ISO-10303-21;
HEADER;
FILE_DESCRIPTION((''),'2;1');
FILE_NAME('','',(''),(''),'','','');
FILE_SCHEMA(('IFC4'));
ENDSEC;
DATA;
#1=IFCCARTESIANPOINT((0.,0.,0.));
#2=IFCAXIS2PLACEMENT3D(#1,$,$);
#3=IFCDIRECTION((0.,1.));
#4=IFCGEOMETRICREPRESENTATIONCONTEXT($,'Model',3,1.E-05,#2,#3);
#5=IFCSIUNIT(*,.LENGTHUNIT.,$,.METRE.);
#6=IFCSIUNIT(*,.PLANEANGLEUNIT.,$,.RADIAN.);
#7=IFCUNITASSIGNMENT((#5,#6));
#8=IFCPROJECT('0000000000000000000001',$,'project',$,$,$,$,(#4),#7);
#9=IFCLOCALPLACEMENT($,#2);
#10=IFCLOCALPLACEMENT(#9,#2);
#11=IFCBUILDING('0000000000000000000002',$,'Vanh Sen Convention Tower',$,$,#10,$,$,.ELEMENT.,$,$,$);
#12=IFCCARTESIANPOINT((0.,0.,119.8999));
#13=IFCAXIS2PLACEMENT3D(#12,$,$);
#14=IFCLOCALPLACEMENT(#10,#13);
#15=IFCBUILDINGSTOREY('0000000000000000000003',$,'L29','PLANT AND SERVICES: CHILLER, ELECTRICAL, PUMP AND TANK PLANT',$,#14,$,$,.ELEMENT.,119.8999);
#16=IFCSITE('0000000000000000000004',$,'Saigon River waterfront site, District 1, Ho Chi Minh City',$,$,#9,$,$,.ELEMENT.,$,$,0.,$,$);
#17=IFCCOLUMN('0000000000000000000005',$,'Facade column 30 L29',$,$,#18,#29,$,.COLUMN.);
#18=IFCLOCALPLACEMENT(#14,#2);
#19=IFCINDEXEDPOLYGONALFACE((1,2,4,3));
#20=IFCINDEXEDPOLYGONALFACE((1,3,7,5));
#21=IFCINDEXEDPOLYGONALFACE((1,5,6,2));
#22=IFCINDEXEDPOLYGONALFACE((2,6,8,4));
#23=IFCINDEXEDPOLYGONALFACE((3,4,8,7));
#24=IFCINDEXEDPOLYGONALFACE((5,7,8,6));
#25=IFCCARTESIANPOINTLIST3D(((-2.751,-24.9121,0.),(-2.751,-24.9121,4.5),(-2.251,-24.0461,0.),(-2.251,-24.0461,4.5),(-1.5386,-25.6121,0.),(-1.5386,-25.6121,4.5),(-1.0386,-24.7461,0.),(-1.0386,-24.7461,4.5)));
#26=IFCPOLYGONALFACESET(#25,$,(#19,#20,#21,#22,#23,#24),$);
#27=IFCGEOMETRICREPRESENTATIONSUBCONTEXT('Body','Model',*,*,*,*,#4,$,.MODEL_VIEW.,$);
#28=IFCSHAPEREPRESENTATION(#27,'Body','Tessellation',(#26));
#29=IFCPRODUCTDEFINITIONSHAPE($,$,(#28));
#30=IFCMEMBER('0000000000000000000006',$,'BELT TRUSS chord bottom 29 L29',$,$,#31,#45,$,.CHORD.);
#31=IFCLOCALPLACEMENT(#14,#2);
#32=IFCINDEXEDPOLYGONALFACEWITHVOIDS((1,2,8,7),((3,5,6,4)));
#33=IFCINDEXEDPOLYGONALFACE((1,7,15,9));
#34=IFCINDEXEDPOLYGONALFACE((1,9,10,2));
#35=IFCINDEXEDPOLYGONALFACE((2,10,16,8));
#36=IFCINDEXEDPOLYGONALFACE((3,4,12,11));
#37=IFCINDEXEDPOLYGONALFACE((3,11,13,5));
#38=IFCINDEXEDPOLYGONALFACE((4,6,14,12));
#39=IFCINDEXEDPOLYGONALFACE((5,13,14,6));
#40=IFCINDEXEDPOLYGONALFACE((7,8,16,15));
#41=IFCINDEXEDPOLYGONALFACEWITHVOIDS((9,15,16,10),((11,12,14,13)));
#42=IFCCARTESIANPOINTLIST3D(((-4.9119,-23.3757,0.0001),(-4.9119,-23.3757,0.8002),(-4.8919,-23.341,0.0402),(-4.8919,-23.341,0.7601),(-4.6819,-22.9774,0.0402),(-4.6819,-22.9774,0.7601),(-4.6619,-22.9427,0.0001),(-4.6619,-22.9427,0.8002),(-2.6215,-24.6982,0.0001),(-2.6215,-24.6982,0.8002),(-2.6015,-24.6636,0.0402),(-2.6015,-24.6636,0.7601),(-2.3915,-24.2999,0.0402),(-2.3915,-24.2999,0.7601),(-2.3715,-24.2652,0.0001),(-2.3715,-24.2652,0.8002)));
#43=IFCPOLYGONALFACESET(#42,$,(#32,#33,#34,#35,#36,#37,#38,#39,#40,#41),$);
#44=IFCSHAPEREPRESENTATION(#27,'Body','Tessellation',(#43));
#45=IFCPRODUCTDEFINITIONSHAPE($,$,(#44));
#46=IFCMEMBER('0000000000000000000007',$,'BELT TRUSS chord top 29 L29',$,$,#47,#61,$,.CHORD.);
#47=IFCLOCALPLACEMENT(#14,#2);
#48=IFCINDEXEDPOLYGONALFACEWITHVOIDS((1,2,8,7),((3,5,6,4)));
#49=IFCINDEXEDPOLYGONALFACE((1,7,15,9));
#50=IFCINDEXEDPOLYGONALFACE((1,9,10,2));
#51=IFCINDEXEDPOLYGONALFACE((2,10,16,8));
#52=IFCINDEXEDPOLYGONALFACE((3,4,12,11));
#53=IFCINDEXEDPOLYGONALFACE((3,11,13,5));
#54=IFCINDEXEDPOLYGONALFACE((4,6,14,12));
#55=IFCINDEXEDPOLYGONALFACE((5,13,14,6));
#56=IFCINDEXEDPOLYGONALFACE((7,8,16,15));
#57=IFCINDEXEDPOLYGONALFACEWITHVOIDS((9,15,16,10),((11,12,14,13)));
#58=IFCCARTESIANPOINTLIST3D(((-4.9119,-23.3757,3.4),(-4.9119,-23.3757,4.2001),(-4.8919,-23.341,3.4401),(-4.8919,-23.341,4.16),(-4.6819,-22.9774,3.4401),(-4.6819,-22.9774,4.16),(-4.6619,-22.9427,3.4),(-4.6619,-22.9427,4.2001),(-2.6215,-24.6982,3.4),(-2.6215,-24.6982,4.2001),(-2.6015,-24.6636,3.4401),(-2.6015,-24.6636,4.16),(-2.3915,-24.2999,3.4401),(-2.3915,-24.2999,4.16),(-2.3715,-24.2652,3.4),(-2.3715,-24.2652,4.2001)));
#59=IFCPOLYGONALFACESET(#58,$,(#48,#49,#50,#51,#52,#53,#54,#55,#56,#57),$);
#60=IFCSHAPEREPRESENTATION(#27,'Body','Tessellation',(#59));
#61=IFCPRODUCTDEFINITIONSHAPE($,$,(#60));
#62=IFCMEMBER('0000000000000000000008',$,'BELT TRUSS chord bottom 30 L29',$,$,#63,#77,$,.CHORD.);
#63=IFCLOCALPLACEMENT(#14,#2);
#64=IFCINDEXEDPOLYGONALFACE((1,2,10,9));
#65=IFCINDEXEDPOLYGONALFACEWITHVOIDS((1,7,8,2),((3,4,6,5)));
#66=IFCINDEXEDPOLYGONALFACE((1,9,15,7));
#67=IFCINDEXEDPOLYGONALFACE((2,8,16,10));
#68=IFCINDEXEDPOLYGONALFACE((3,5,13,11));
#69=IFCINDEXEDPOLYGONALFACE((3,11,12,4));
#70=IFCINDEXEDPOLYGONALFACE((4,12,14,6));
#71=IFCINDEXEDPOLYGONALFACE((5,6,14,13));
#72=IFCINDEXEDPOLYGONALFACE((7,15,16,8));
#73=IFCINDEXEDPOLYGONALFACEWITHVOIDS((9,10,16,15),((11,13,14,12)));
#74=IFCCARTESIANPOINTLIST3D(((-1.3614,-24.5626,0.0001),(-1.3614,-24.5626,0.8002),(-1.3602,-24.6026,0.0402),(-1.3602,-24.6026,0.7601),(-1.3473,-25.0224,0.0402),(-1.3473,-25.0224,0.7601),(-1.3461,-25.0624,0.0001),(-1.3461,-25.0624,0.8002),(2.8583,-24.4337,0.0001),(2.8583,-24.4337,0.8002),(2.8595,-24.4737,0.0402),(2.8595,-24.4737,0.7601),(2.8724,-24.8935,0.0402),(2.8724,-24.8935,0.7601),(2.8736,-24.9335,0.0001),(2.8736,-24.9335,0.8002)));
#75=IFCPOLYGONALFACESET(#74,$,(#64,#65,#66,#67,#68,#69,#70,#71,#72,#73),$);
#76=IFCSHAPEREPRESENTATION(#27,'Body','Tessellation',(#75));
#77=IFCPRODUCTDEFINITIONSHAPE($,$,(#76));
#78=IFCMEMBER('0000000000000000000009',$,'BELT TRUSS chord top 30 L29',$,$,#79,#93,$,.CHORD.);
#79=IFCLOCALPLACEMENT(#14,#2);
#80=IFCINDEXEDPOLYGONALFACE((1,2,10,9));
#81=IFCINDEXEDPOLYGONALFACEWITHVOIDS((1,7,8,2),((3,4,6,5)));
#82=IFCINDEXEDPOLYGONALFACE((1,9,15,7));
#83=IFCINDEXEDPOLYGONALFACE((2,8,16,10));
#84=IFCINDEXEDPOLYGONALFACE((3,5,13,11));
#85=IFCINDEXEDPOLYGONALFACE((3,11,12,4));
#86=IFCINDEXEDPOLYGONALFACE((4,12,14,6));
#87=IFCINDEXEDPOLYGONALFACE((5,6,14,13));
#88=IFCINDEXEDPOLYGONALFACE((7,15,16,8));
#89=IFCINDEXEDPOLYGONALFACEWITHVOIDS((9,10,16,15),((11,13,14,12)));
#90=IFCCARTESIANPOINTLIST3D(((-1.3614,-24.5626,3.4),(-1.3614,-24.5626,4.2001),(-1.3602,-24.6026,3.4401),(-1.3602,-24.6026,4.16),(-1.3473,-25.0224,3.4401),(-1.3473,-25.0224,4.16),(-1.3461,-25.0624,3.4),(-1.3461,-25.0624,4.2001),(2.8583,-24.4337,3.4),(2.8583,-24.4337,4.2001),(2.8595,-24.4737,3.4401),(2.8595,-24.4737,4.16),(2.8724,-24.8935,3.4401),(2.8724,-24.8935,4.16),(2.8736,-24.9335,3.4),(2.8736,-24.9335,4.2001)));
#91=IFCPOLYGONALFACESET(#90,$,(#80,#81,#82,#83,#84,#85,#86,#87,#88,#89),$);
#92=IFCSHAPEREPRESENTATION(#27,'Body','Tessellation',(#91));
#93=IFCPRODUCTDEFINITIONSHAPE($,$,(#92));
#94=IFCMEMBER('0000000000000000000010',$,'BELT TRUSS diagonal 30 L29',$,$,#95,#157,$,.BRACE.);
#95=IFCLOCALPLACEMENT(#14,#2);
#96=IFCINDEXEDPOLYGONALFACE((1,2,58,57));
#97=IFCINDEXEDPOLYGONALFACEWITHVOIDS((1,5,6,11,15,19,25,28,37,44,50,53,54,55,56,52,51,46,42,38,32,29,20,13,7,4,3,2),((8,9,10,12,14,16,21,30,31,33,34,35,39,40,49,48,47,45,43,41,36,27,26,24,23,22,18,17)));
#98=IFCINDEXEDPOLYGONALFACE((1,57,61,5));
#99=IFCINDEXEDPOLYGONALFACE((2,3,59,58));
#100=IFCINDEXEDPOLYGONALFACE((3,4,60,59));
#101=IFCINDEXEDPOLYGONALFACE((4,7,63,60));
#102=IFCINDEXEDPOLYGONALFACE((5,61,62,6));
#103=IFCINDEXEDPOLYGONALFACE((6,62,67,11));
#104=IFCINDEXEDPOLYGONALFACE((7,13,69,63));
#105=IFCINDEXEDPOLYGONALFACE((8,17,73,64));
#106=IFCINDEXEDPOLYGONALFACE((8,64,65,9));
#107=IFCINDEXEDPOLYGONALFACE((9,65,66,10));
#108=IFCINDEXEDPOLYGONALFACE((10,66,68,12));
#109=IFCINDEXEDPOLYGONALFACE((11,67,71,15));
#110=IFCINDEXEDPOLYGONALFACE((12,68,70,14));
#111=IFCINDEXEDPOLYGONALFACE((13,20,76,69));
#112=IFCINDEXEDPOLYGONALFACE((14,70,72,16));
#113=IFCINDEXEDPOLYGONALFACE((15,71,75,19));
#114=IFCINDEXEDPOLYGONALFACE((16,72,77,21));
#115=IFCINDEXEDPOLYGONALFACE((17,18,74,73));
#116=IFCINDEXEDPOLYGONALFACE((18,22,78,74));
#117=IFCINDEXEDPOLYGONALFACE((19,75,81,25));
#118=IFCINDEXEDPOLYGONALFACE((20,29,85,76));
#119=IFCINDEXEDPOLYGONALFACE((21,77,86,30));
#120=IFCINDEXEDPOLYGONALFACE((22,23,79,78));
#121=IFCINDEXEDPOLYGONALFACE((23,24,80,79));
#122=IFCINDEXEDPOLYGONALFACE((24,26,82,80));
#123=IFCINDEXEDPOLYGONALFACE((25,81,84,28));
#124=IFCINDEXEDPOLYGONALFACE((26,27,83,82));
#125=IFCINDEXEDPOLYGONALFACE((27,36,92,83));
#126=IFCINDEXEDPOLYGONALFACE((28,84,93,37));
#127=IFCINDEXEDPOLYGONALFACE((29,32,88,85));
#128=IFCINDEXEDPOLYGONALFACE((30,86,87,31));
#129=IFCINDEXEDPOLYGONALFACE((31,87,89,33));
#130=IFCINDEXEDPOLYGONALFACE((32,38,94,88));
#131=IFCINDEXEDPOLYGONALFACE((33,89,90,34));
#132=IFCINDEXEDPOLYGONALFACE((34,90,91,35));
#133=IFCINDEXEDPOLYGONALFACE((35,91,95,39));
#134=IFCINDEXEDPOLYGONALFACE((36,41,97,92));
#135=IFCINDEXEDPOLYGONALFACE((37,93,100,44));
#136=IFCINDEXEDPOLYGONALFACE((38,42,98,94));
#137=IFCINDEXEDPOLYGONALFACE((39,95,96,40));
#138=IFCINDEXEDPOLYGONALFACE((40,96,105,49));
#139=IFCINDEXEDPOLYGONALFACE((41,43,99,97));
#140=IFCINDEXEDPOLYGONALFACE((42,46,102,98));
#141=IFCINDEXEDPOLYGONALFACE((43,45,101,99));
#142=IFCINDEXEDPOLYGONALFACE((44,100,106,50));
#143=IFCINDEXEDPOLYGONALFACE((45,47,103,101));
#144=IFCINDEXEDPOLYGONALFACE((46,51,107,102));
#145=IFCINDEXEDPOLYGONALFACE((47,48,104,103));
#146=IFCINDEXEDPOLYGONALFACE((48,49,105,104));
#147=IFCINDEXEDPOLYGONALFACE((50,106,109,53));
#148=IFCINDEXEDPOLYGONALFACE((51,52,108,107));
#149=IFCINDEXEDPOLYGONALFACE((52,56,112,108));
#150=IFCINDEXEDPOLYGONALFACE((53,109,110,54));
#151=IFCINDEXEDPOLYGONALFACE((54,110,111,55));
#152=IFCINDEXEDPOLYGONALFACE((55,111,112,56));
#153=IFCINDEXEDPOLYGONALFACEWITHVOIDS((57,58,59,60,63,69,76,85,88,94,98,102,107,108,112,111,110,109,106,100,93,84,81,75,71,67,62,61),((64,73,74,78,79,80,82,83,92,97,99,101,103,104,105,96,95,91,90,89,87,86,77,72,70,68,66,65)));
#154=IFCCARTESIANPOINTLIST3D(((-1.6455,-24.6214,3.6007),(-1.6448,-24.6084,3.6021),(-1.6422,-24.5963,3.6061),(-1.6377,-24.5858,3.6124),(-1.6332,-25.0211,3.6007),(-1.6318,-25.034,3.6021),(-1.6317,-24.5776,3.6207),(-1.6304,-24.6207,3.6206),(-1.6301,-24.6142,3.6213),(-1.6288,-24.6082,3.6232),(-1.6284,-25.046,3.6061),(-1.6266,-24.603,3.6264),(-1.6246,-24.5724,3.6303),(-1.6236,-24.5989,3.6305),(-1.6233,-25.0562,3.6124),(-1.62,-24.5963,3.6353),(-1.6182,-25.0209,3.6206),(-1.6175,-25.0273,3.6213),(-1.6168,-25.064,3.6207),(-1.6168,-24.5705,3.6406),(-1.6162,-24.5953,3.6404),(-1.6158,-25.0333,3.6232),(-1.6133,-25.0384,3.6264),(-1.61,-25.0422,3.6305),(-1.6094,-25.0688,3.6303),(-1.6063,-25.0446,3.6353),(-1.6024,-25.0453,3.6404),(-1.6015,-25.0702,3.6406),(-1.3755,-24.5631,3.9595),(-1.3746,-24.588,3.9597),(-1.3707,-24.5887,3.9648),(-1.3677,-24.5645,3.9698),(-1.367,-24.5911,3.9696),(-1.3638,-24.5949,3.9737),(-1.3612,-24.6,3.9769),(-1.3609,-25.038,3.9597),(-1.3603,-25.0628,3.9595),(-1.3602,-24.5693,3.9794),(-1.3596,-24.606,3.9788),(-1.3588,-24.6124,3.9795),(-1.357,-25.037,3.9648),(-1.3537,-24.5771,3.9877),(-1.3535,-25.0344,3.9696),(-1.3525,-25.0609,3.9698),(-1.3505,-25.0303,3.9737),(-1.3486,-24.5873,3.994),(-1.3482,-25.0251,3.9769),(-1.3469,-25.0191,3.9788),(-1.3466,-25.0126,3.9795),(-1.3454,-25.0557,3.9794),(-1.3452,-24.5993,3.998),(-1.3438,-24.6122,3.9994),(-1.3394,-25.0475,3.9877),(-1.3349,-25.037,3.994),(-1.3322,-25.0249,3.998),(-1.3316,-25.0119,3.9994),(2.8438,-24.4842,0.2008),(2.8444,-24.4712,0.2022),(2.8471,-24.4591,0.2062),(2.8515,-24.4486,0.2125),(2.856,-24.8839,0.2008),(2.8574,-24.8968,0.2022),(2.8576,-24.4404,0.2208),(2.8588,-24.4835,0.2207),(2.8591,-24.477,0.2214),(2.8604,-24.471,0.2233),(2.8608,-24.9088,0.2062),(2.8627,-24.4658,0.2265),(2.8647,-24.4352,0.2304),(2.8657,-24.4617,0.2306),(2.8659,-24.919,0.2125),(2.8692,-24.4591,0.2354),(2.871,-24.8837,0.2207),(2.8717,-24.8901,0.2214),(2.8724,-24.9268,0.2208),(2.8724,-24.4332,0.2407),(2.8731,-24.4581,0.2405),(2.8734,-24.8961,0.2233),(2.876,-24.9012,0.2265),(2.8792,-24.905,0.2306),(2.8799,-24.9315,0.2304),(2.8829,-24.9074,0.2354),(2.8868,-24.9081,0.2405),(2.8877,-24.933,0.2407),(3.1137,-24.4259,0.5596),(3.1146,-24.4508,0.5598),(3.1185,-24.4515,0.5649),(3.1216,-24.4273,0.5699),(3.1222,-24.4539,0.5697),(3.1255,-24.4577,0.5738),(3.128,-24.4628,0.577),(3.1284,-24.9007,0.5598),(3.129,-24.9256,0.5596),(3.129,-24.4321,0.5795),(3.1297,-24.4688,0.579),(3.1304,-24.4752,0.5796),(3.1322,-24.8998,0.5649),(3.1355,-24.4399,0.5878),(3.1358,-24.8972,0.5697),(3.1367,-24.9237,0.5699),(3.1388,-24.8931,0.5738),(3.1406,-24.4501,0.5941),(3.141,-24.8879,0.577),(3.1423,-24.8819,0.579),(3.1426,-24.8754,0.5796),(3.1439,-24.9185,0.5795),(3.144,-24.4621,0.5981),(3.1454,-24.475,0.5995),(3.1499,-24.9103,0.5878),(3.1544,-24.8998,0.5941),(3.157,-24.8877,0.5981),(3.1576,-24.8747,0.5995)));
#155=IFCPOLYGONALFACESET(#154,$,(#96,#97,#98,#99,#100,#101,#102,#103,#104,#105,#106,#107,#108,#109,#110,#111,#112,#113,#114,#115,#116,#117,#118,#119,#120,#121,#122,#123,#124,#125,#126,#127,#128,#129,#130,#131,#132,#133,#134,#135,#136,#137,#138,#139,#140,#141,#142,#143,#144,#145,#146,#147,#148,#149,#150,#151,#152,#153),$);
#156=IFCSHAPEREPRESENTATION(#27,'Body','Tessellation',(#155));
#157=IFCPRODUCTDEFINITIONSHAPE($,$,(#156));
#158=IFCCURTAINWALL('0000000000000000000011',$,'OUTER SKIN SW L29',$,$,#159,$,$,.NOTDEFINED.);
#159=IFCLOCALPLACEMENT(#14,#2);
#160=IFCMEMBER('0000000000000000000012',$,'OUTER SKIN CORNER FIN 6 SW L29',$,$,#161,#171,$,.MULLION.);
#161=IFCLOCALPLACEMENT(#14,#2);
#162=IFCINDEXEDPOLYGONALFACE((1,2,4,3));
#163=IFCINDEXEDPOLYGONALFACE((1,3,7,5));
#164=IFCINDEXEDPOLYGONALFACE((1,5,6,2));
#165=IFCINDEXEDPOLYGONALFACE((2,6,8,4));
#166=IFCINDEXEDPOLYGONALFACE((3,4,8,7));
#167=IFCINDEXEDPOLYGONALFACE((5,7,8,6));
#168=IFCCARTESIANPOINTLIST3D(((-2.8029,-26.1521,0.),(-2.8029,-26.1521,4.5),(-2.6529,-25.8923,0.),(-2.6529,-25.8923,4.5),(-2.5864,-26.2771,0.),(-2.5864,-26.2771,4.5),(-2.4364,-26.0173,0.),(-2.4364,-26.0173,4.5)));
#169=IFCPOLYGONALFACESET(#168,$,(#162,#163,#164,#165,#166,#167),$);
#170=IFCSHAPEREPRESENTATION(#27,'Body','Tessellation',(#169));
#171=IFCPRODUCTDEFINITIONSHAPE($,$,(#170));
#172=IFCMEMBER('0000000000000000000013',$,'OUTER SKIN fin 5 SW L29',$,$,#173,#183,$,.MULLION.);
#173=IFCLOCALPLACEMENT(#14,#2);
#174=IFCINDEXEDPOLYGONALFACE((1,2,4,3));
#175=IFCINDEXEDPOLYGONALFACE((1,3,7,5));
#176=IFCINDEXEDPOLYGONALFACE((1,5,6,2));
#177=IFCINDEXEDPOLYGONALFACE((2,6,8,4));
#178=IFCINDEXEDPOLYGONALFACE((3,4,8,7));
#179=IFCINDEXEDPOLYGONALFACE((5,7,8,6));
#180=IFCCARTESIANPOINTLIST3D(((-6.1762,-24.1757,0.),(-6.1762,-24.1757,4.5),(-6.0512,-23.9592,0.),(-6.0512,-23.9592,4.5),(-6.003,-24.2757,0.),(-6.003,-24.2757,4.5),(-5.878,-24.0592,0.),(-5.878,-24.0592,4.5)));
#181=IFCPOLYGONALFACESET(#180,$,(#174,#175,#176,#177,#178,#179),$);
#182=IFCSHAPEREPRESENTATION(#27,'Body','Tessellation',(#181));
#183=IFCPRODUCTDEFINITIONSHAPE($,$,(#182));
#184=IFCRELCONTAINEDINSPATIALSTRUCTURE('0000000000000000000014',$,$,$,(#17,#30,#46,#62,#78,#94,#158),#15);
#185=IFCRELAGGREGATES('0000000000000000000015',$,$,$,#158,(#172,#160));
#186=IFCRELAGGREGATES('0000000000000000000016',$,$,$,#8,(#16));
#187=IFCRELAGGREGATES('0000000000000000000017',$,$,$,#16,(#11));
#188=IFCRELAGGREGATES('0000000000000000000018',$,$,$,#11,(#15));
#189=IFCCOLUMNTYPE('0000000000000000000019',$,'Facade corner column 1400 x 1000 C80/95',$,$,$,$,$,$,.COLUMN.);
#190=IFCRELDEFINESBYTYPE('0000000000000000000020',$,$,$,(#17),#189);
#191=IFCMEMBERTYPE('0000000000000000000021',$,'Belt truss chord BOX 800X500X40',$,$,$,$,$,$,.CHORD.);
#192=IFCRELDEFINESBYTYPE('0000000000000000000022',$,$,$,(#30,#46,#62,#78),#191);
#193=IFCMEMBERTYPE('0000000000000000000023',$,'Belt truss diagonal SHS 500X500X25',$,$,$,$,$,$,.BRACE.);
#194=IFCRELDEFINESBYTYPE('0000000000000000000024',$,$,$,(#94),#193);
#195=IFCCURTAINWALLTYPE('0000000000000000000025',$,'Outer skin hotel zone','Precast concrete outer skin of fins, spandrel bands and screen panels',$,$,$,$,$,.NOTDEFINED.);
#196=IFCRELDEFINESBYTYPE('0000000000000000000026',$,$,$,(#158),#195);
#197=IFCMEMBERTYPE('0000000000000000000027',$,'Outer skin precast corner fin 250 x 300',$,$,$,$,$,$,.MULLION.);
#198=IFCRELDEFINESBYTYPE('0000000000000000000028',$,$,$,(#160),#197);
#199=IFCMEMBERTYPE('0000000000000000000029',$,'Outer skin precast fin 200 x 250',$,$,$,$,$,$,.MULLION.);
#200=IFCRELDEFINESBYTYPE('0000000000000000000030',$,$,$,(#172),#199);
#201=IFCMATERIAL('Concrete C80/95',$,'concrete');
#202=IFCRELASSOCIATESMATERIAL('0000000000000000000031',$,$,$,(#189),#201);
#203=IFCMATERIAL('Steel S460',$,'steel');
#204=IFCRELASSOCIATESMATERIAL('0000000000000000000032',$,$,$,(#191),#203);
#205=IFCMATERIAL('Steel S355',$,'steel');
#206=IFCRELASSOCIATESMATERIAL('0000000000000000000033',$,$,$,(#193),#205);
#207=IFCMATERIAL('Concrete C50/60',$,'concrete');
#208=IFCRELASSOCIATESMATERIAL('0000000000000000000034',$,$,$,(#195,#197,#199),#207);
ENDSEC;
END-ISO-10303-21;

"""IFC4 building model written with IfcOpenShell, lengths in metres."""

from ifc_helpers import new_model, si_unit, direction, frame, origin, origin_2d, place, context, subcontext, project, spatial, rectangle, hollow_rectangle, extrude, material, material_profile, profile_set, type_object, element, aggregate, save


model = new_model("IFC4")

# Units and contexts
model_context = context("Model", 3, precision=1e-05, world=origin(), true_north=direction((0.0, 1.0)))
body_context = subcontext(model_context, "Body", "Model", "MODEL_VIEW")
ifc_project = project(units=[si_unit("LENGTHUNIT", "METRE"), si_unit("PLANEANGLEUNIT", "RADIAN")], contexts=[model_context])

# Site, building, storey
site_placement = place(None, origin())
site = spatial("IfcSite", under=ifc_project, at=site_placement, Name="Saigon River waterfront site, District 1, Ho Chi Minh City", CompositionType="ELEMENT", RefElevation=0.0)
building_placement = place(site_placement, origin())
building = spatial("IfcBuilding", under=site, at=building_placement, Name="Vanh Sen Convention Tower", CompositionType="ELEMENT")
storey_placement = place(building_placement, frame((0.0, 0.0, 119.8999)))
storey = spatial("IfcBuildingStorey", under=building, at=storey_placement, Name="L29", Description="PLANT AND SERVICES: CHILLER, ELECTRICAL, PUMP AND TANK PLANT", CompositionType="ELEMENT", Elevation=119.8999)

# Column
ifc_material_1 = material(Name="Concrete C80/95", Category="concrete")
ifc_material_profile_1 = material_profile(ifc_material_1, rectangle(XDim=1.3999, YDim=1.0, at=origin_2d()), Name="RC 1400X1000")
ifc_profile_set_1 = profile_set([ifc_material_profile_1], Name="Concrete C80/95")
column_type = type_object("IfcColumnType", Name="Facade corner column 1400 x 1000 C80/95", PredefinedType="COLUMN", material=ifc_profile_set_1)
column_placement = place(storey_placement, frame((-1.8948, -24.8291, 0.0), z_axis=(0.0, 0.0, 1.0), x_axis=(0.866025, -0.5, 0.0)))
element("IfcColumn", 1, at=column_placement, inside=storey, type_object=column_type, Name="Facade column 30 L29", PredefinedType="COLUMN", context=body_context, shape_type="SweptSolid", body=[
    extrude(rectangle(XDim=1.3999, YDim=1.0, at=origin_2d()), origin(), (0.0, 0.0, 1.0), 4.5),
])

# Members
ifc_material_2 = material(Name="Steel S460", Category="steel")
ifc_material_profile_2 = material_profile(ifc_material_2, hollow_rectangle(XDim=0.5, YDim=0.8, WallThickness=0.04, at=origin_2d()), Name="BOX 800X500X40")
ifc_profile_set_2 = profile_set([ifc_material_profile_2], Name="Steel S460")
member_type_1 = type_object("IfcMemberType", Name="Belt truss chord BOX 800X500X40", PredefinedType="CHORD", material=ifc_profile_set_2)
for number, where, z_axis, x_axis, name in (
    (2, (-4.7869, -23.1592, 0.4001), (0.86599, -0.500061, 0.0), (0.500061, 0.86599, 0.0), "BELT TRUSS chord bottom 29 L29"),
    (3, (-4.7869, -23.1592, 3.8), (0.86599, -0.500061, 0.0), (0.500061, 0.86599, 0.0), "BELT TRUSS chord top 29 L29"),
):
    element("IfcMember", number, at=place(storey_placement, frame(where, z_axis=z_axis, x_axis=x_axis)), inside=storey, type_object=member_type_1, Name=name, PredefinedType="CHORD", context=body_context, shape_type="SweptSolid", body=[
        extrude(hollow_rectangle(XDim=0.5, YDim=0.8, WallThickness=0.04, at=origin_2d()), origin(), (0.0, 0.0, 1.0), 2.6448),
    ])
for number, where, z_axis, x_axis, name in (
    (4, (-1.3538, -24.8125, 0.4001), (0.999534, 0.030534, 0.0), (-0.030534, 0.999534, 0.0), "BELT TRUSS chord bottom 30 L29"),
    (5, (-1.3538, -24.8125, 3.8), (0.999534, 0.030534, 0.0), (-0.030534, 0.999534, 0.0), "BELT TRUSS chord top 30 L29"),
):
    element("IfcMember", number, at=place(storey_placement, frame(where, z_axis=z_axis, x_axis=x_axis)), inside=storey, type_object=member_type_1, Name=name, PredefinedType="CHORD", context=body_context, shape_type="SweptSolid", body=[
        extrude(hollow_rectangle(XDim=0.5, YDim=0.8, WallThickness=0.04, at=origin_2d()), origin(), (0.0, 0.0, 1.0), 4.2217),
    ])
ifc_material_3 = material(Name="Steel S355", Category="steel")
ifc_material_profile_3 = material_profile(ifc_material_3, hollow_rectangle(XDim=0.5, YDim=0.5, WallThickness=0.0249, InnerFilletRadius=0.0249, OuterFilletRadius=0.05, at=origin_2d()), Name="SHS 500X500X25")
ifc_profile_set_3 = profile_set([ifc_material_profile_3], Name="Steel S355")
member_type_2 = type_object("IfcMemberType", Name="Belt truss diagonal SHS 500X500X25", PredefinedType="BRACE", material=ifc_profile_set_3)
member_1_placement = place(storey_placement, frame((-1.4885, -24.8167, 3.8), z_axis=(0.796945, 0.024357, -0.60356), x_axis=(-0.030549, 0.999533, 0.0)))
element("IfcMember", 6, at=member_1_placement, inside=storey, type_object=member_type_2, Name="BELT TRUSS diagonal 30 L29", PredefinedType="BRACE", context=body_context, shape_type="SweptSolid", body=[
    extrude(hollow_rectangle(XDim=0.5, YDim=0.5, WallThickness=0.0249, InnerFilletRadius=0.0249, OuterFilletRadius=0.05, at=origin_2d()), origin(), (0.0, 0.0, 1.0), 5.6331),
])

# Curtain wall, members
ifc_material_4 = material(Name="Concrete C50/60", Category="concrete")
curtain_wall_type = type_object("IfcCurtainWallType", Name="Outer skin hotel zone", Description="Precast concrete outer skin of fins, spandrel bands and screen panels", PredefinedType="NOTDEFINED", material=ifc_material_4)
curtain_wall_1_placement = place(storey_placement, origin())
curtain_wall_1 = element("IfcCurtainWall", 7, at=curtain_wall_1_placement, inside=storey, type_object=curtain_wall_type, Name="OUTER SKIN SW L29", PredefinedType="NOTDEFINED")
ifc_material_profile_4 = material_profile(ifc_material_4, rectangle(XDim=0.25, YDim=0.3, at=origin_2d()), Name="Outer skin precast corner fin 250 x 300")
ifc_profile_set_4 = profile_set([ifc_material_profile_4], Name="Concrete C50/60")
member_type_3 = type_object("IfcMemberType", Name="Outer skin precast corner fin 250 x 300", PredefinedType="MULLION", material=ifc_profile_set_4)
member_2_placement = place(storey_placement, frame((-2.6196, -26.0847, 0.0), z_axis=(0.0, 0.0, 1.0), x_axis=(0.866025, -0.5, 0.0)))
member_2 = element("IfcMember", 8, at=member_2_placement, type_object=member_type_3, Name="OUTER SKIN CORNER FIN 6 SW L29", PredefinedType="MULLION", context=body_context, shape_type="SweptSolid", body=[
    extrude(rectangle(XDim=0.25, YDim=0.3, at=origin_2d()), origin(), (0.0, 0.0, 1.0), 4.5),
])
ifc_material_profile_5 = material_profile(ifc_material_4, rectangle(XDim=0.2, YDim=0.25, at=origin_2d()), Name="Outer skin precast fin 200 x 250")
ifc_profile_set_5 = profile_set([ifc_material_profile_5], Name="Concrete C50/60")
member_type_4 = type_object("IfcMemberType", Name="Outer skin precast fin 200 x 250", PredefinedType="MULLION", material=ifc_profile_set_5)
member_3_placement = place(storey_placement, frame((-6.0271, -24.1174, 0.0), z_axis=(0.0, 0.0, 1.0), x_axis=(0.866025, -0.5, 0.0)))
member_3 = element("IfcMember", 9, at=member_3_placement, type_object=member_type_4, Name="OUTER SKIN fin 5 SW L29", PredefinedType="MULLION", context=body_context, shape_type="SweptSolid", body=[
    extrude(rectangle(XDim=0.2, YDim=0.25, at=origin_2d()), origin(), (0.0, 0.0, 1.0), 4.5),
])

aggregate(curtain_wall_1, [member_3, member_2])

save(model, "model.ifc")
